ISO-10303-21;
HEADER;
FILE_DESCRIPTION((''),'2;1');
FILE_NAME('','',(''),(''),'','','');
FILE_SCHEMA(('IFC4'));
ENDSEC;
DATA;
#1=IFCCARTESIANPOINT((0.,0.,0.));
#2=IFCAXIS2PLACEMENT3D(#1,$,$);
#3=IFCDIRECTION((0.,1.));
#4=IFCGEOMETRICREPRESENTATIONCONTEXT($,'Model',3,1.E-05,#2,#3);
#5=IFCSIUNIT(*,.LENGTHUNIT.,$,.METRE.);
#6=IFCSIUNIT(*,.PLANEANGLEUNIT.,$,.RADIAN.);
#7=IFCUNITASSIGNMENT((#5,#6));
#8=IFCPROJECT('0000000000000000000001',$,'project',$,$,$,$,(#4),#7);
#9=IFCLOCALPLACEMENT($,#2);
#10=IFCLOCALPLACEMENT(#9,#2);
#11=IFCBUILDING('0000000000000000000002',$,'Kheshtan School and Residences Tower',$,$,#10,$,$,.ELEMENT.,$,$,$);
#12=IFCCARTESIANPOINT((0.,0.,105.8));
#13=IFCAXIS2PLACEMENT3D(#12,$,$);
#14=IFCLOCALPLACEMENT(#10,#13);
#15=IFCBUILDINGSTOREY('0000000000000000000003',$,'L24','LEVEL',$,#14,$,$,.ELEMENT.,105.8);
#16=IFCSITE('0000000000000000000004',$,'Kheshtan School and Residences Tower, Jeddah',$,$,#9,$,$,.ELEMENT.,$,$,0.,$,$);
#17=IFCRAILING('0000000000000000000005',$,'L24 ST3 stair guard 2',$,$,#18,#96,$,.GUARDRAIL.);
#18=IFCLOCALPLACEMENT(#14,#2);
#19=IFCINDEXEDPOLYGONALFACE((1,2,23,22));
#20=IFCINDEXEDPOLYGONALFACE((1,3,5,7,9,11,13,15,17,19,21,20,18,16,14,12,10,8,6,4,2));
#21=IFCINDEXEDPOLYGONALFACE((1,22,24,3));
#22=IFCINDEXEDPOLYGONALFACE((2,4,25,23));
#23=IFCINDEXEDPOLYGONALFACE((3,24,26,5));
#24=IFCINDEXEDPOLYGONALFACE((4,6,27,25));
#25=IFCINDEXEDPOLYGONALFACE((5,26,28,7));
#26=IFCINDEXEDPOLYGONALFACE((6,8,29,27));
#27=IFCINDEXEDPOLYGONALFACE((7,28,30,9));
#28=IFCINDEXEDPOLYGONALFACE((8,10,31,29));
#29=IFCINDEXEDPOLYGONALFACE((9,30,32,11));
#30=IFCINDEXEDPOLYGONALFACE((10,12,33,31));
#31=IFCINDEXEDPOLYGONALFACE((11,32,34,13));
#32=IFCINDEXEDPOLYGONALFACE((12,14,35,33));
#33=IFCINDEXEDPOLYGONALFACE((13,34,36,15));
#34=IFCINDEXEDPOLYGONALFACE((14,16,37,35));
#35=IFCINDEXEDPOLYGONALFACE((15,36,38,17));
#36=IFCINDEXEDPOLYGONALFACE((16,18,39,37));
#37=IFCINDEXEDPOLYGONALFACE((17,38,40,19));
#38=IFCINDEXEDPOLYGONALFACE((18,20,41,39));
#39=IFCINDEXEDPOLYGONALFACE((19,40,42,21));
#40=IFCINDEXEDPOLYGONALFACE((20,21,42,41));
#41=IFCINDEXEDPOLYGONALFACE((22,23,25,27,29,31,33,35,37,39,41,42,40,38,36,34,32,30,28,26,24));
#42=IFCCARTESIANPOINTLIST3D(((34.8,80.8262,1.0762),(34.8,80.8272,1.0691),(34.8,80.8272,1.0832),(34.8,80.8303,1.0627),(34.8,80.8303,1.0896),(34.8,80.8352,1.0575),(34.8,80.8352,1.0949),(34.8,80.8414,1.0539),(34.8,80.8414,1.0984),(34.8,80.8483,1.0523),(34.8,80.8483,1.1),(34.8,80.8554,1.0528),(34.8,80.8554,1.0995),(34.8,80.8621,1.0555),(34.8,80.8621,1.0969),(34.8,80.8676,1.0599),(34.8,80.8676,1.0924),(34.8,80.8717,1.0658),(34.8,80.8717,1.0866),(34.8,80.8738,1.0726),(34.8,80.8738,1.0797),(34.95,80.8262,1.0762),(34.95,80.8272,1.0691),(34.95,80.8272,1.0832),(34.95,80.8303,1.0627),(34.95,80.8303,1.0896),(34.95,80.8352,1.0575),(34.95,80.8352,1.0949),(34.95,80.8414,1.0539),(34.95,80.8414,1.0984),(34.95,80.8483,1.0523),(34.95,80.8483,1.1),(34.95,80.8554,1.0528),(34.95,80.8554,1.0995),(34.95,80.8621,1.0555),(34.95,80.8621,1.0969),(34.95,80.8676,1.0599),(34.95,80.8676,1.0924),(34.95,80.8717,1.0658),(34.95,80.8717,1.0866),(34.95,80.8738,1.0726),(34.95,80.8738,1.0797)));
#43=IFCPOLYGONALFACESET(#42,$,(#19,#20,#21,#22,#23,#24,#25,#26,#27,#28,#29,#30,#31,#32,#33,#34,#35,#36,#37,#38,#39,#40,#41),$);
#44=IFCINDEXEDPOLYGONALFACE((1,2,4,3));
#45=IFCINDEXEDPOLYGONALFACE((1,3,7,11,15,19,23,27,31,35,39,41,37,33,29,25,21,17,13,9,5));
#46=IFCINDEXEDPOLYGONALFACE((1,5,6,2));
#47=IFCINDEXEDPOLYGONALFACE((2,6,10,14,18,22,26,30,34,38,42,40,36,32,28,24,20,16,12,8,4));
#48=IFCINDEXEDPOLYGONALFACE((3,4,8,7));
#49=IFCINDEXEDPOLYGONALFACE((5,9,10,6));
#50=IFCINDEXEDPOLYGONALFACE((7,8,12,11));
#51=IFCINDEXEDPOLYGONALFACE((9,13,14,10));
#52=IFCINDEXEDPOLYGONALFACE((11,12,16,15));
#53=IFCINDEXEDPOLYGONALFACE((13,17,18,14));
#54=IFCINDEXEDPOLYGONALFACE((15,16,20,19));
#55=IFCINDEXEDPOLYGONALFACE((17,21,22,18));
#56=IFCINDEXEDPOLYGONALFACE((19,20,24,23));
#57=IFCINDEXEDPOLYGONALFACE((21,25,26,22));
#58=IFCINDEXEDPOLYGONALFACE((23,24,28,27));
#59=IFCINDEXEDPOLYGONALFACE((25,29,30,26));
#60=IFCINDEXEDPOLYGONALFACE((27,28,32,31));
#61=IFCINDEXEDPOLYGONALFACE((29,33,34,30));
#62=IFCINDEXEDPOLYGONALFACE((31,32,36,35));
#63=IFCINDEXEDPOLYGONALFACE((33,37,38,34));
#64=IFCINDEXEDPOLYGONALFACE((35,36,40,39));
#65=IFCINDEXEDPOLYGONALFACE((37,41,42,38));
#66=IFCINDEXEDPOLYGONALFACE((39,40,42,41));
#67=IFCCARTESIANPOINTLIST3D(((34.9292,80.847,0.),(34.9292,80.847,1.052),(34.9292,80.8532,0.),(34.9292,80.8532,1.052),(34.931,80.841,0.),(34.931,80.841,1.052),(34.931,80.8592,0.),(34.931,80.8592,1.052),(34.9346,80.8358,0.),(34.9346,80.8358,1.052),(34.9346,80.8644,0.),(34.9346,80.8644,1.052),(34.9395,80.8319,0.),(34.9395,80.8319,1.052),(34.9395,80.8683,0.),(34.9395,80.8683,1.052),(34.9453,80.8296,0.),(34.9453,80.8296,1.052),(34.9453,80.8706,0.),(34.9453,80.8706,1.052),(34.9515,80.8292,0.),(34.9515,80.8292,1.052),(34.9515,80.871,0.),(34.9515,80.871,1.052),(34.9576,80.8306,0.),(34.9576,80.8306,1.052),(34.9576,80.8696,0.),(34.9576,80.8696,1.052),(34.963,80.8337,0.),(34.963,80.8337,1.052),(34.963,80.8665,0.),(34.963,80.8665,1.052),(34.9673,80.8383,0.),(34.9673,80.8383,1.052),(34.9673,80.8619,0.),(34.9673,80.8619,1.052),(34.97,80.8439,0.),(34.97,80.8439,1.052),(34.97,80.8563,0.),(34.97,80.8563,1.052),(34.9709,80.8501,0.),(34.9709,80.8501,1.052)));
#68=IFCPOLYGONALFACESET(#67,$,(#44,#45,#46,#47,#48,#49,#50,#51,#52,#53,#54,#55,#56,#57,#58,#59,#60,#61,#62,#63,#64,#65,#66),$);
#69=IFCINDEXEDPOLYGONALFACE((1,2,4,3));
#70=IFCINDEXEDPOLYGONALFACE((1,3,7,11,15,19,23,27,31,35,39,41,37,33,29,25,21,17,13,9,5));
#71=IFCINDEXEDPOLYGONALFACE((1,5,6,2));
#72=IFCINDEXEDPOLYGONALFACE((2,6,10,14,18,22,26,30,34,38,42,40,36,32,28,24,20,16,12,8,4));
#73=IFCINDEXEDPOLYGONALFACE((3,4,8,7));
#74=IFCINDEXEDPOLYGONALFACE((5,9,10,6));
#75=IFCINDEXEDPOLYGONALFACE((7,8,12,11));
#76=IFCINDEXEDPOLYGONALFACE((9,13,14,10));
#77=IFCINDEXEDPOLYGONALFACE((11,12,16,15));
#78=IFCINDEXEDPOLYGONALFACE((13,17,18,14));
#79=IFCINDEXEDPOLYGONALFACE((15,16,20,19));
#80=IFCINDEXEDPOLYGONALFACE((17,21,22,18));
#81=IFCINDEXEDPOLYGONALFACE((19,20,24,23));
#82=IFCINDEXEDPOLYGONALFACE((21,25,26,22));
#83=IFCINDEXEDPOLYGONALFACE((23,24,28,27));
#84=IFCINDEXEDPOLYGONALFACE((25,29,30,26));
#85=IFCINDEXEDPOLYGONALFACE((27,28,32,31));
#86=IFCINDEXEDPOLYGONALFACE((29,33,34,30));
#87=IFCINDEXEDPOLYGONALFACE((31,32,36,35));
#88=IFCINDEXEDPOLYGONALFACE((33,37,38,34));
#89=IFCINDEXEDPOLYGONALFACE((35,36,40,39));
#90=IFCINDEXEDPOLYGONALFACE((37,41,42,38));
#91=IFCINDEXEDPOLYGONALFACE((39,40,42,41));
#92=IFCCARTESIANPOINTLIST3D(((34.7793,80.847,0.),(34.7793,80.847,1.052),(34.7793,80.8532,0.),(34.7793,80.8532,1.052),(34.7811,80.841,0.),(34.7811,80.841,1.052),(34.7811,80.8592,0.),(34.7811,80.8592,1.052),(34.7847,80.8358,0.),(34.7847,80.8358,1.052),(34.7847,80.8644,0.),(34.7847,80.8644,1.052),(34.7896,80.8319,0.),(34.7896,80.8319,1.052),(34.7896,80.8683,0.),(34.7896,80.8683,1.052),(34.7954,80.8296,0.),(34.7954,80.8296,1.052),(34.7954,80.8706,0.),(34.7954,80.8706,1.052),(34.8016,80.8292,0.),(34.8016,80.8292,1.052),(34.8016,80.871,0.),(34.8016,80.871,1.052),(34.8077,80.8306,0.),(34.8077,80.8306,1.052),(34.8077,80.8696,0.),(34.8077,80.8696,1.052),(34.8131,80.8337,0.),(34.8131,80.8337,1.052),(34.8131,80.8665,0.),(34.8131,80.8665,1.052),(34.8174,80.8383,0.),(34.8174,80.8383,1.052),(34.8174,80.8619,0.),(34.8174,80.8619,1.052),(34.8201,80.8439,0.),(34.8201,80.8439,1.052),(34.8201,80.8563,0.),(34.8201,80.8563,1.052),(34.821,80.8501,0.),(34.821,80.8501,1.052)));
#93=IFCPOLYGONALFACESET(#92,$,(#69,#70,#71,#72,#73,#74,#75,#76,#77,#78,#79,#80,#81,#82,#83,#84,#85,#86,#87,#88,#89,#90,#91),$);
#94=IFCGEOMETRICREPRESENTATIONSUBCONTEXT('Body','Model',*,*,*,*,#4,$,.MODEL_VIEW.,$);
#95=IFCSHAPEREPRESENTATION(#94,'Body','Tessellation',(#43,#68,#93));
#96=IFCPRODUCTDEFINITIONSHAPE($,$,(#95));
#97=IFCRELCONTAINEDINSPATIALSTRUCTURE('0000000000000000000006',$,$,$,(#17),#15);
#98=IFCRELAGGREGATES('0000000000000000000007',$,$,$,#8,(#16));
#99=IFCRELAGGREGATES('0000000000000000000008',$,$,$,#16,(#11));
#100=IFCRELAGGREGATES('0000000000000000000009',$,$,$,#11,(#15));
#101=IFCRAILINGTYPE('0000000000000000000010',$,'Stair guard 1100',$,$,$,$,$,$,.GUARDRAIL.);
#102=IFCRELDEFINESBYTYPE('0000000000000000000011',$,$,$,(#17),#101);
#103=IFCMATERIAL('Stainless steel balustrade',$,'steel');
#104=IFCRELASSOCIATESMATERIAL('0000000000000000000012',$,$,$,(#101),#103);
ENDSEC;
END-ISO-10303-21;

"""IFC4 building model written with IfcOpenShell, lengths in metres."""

from ifc_helpers import new_model, si_unit, direction, frame, origin, origin_2d, place, context, subcontext, project, spatial, circle, extrude, material, type_object, element, save


model = new_model("IFC4")

# Units and contexts
model_context = context("Model", 3, precision=1e-05, world=origin(), true_north=direction((0.0, 1.0)))
body_context = subcontext(model_context, "Body", "Model", "MODEL_VIEW")
ifc_project = project(units=[si_unit("LENGTHUNIT", "METRE"), si_unit("PLANEANGLEUNIT", "RADIAN")], contexts=[model_context])

# Site, building, storey
site_placement = place(None, origin())
site = spatial("IfcSite", under=ifc_project, at=site_placement, Name="Kheshtan School and Residences Tower, Jeddah", CompositionType="ELEMENT", RefElevation=0.0)
building_placement = place(site_placement, origin())
building = spatial("IfcBuilding", under=site, at=building_placement, Name="Kheshtan School and Residences Tower", CompositionType="ELEMENT")
storey_placement = place(building_placement, frame((0.0, 0.0, 105.8)))
storey = spatial("IfcBuildingStorey", under=building, at=storey_placement, Name="L24", Description="LEVEL", CompositionType="ELEMENT", Elevation=105.8)

# Railing
ifc_material_1 = material(Name="Stainless steel balustrade", Category="steel")
railing_type_1 = type_object("IfcRailingType", Name="Stair guard 1100", PredefinedType="GUARDRAIL", material=ifc_material_1)
railing_1_placement = place(storey_placement, frame((34.95, 80.8501, 0.0)))
element("IfcRailing", 1, at=railing_1_placement, inside=storey, type_object=railing_type_1, Name="L24 ST3 stair guard 2", PredefinedType="GUARDRAIL", context=body_context, shape_type="SweptSolid", body=[
    extrude(circle(Radius=0.0239, at=origin_2d()), frame((0.0, 0.0, 1.0762), z_axis=(-1.0, 0.0, 0.0), x_axis=(0.0, -1.0, 0.0)), (0.0, 0.0, 1.0), 0.1499),
    extrude(circle(Radius=0.021, at=origin_2d()), origin(), (0.0, 0.0, 1.0), 1.052),
    extrude(circle(Radius=0.021, at=origin_2d()), frame((-0.1499, 0.0, 0.0)), (0.0, 0.0, 1.0), 1.052),
])

save(model, "model.ifc")
